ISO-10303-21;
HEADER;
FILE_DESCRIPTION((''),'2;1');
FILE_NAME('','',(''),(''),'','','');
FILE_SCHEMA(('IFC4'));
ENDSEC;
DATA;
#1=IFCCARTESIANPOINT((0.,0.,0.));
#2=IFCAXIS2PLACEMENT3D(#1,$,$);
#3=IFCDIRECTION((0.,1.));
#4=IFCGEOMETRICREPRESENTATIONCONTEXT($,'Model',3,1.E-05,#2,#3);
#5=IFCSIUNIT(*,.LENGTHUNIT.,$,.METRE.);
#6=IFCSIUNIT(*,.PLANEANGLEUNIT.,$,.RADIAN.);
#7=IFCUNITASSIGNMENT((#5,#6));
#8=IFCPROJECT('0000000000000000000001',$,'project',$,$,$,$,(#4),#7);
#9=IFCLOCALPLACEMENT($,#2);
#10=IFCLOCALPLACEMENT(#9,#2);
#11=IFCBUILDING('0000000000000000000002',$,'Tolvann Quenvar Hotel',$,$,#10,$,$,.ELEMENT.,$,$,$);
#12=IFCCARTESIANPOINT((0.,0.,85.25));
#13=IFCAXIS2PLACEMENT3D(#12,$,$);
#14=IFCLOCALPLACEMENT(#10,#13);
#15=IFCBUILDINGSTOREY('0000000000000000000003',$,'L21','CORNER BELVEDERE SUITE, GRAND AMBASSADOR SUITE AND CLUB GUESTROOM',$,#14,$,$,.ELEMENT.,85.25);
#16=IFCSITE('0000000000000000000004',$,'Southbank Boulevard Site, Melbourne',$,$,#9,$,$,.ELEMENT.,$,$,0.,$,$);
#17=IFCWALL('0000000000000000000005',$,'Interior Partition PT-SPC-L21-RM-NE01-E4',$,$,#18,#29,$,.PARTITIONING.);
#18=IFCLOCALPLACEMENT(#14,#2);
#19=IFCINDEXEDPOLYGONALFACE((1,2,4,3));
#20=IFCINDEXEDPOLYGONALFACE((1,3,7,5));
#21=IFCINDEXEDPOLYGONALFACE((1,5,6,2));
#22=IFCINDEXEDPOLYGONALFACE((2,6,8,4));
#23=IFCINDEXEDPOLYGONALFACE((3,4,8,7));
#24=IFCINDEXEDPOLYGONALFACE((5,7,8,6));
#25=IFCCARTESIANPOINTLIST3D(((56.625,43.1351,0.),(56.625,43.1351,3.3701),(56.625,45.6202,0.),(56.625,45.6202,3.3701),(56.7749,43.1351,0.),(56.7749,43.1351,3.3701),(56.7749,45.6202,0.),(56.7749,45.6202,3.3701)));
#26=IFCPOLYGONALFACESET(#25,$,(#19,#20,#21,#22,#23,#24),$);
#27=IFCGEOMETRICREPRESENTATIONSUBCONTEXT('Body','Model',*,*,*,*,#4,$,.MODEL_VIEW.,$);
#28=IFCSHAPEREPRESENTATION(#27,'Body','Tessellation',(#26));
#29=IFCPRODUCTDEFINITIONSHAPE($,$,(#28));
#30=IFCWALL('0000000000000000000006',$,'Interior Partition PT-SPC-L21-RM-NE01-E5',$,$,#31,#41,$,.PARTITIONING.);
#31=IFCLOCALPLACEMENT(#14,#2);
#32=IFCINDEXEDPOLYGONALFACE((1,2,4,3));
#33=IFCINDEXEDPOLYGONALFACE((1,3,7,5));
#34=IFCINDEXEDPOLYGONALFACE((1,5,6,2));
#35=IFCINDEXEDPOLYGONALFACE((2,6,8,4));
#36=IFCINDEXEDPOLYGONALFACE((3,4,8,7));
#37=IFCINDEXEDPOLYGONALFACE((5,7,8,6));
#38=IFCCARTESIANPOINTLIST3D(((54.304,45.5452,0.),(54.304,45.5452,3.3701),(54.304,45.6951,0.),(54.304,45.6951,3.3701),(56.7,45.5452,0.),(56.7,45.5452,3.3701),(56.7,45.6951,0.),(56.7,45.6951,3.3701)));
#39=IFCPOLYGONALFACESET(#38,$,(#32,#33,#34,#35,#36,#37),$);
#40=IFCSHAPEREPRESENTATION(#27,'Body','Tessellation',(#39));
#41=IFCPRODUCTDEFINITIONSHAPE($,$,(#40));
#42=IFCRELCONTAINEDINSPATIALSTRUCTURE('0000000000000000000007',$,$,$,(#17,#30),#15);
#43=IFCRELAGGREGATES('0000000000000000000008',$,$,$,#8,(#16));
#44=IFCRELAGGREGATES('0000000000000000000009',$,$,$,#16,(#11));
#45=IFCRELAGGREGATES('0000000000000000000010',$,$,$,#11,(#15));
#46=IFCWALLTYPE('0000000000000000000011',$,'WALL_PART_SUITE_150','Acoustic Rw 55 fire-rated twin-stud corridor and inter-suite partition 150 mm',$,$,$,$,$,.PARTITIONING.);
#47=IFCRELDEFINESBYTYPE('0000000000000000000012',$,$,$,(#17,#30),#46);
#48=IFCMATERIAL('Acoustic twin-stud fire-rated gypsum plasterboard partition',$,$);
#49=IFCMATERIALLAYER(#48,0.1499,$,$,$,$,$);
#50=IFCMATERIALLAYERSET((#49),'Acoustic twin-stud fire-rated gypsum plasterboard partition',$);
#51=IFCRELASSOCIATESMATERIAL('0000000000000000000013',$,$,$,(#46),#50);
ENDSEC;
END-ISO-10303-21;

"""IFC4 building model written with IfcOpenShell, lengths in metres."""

from ifc_helpers import new_model, si_unit, direction, frame, frame_2d, origin, place, context, subcontext, project, spatial, rectangle, extrude, material, layer, layer_set, type_object, element, save


model = new_model("IFC4")

# Units and contexts
model_context = context("Model", 3, precision=1e-05, world=origin(), true_north=direction((0.0, 1.0)))
body_context = subcontext(model_context, "Body", "Model", "MODEL_VIEW")
ifc_project = project(units=[si_unit("LENGTHUNIT", "METRE"), si_unit("PLANEANGLEUNIT", "RADIAN")], contexts=[model_context])

# Site, building, storey
site_placement = place(None, origin())
site = spatial("IfcSite", under=ifc_project, at=site_placement, Name="Southbank Boulevard Site, Melbourne", CompositionType="ELEMENT", RefElevation=0.0)
building_placement = place(site_placement, origin())
building = spatial("IfcBuilding", under=site, at=building_placement, Name="Tolvann Quenvar Hotel", CompositionType="ELEMENT")
storey_placement = place(building_placement, frame((0.0, 0.0, 85.25)))
storey = spatial("IfcBuildingStorey", under=building, at=storey_placement, Name="L21", Description="CORNER BELVEDERE SUITE, GRAND AMBASSADOR SUITE AND CLUB GUESTROOM", CompositionType="ELEMENT", Elevation=85.25)

# Walls
ifc_material_1 = material(Name="Acoustic twin-stud fire-rated gypsum plasterboard partition")
ifc_layer_1 = layer(ifc_material_1, 0.1499)
ifc_layer_set_1 = layer_set([ifc_layer_1], Name="Acoustic twin-stud fire-rated gypsum plasterboard partition")
wall_type_1 = type_object("IfcWallType", Name="WALL_PART_SUITE_150", Description="Acoustic Rw 55 fire-rated twin-stud corridor and inter-suite partition 150 mm", PredefinedType="PARTITIONING", material=ifc_layer_set_1)
wall_1_placement = place(storey_placement, frame((56.7, 43.135, 0.0), z_axis=(0.0, 0.0, 1.0), x_axis=(0.0, 1.0, 0.0)))
element("IfcWall", 1, at=wall_1_placement, inside=storey, type_object=wall_type_1, Name="Interior Partition PT-SPC-L21-RM-NE01-E4", PredefinedType="PARTITIONING", context=body_context, shape_type="SweptSolid", body=[
    extrude(rectangle(XDim=2.4851, YDim=0.1499, at=frame_2d((1.2427, 0.0))), origin(), (0.0, 0.0, 1.0), 3.3701),
])
wall_2_placement = place(storey_placement, frame((54.304, 45.6201, 0.0), z_axis=(0.0, 0.0, 1.0), x_axis=(1.0, 0.0, 0.0)))
element("IfcWall", 2, at=wall_2_placement, inside=storey, type_object=wall_type_1, Name="Interior Partition PT-SPC-L21-RM-NE01-E5", PredefinedType="PARTITIONING", context=body_context, shape_type="SweptSolid", body=[
    extrude(rectangle(XDim=2.396, YDim=0.1499, at=frame_2d((1.198, 0.0))), origin(), (0.0, 0.0, 1.0), 3.3701),
])

save(model, "model.ifc")
